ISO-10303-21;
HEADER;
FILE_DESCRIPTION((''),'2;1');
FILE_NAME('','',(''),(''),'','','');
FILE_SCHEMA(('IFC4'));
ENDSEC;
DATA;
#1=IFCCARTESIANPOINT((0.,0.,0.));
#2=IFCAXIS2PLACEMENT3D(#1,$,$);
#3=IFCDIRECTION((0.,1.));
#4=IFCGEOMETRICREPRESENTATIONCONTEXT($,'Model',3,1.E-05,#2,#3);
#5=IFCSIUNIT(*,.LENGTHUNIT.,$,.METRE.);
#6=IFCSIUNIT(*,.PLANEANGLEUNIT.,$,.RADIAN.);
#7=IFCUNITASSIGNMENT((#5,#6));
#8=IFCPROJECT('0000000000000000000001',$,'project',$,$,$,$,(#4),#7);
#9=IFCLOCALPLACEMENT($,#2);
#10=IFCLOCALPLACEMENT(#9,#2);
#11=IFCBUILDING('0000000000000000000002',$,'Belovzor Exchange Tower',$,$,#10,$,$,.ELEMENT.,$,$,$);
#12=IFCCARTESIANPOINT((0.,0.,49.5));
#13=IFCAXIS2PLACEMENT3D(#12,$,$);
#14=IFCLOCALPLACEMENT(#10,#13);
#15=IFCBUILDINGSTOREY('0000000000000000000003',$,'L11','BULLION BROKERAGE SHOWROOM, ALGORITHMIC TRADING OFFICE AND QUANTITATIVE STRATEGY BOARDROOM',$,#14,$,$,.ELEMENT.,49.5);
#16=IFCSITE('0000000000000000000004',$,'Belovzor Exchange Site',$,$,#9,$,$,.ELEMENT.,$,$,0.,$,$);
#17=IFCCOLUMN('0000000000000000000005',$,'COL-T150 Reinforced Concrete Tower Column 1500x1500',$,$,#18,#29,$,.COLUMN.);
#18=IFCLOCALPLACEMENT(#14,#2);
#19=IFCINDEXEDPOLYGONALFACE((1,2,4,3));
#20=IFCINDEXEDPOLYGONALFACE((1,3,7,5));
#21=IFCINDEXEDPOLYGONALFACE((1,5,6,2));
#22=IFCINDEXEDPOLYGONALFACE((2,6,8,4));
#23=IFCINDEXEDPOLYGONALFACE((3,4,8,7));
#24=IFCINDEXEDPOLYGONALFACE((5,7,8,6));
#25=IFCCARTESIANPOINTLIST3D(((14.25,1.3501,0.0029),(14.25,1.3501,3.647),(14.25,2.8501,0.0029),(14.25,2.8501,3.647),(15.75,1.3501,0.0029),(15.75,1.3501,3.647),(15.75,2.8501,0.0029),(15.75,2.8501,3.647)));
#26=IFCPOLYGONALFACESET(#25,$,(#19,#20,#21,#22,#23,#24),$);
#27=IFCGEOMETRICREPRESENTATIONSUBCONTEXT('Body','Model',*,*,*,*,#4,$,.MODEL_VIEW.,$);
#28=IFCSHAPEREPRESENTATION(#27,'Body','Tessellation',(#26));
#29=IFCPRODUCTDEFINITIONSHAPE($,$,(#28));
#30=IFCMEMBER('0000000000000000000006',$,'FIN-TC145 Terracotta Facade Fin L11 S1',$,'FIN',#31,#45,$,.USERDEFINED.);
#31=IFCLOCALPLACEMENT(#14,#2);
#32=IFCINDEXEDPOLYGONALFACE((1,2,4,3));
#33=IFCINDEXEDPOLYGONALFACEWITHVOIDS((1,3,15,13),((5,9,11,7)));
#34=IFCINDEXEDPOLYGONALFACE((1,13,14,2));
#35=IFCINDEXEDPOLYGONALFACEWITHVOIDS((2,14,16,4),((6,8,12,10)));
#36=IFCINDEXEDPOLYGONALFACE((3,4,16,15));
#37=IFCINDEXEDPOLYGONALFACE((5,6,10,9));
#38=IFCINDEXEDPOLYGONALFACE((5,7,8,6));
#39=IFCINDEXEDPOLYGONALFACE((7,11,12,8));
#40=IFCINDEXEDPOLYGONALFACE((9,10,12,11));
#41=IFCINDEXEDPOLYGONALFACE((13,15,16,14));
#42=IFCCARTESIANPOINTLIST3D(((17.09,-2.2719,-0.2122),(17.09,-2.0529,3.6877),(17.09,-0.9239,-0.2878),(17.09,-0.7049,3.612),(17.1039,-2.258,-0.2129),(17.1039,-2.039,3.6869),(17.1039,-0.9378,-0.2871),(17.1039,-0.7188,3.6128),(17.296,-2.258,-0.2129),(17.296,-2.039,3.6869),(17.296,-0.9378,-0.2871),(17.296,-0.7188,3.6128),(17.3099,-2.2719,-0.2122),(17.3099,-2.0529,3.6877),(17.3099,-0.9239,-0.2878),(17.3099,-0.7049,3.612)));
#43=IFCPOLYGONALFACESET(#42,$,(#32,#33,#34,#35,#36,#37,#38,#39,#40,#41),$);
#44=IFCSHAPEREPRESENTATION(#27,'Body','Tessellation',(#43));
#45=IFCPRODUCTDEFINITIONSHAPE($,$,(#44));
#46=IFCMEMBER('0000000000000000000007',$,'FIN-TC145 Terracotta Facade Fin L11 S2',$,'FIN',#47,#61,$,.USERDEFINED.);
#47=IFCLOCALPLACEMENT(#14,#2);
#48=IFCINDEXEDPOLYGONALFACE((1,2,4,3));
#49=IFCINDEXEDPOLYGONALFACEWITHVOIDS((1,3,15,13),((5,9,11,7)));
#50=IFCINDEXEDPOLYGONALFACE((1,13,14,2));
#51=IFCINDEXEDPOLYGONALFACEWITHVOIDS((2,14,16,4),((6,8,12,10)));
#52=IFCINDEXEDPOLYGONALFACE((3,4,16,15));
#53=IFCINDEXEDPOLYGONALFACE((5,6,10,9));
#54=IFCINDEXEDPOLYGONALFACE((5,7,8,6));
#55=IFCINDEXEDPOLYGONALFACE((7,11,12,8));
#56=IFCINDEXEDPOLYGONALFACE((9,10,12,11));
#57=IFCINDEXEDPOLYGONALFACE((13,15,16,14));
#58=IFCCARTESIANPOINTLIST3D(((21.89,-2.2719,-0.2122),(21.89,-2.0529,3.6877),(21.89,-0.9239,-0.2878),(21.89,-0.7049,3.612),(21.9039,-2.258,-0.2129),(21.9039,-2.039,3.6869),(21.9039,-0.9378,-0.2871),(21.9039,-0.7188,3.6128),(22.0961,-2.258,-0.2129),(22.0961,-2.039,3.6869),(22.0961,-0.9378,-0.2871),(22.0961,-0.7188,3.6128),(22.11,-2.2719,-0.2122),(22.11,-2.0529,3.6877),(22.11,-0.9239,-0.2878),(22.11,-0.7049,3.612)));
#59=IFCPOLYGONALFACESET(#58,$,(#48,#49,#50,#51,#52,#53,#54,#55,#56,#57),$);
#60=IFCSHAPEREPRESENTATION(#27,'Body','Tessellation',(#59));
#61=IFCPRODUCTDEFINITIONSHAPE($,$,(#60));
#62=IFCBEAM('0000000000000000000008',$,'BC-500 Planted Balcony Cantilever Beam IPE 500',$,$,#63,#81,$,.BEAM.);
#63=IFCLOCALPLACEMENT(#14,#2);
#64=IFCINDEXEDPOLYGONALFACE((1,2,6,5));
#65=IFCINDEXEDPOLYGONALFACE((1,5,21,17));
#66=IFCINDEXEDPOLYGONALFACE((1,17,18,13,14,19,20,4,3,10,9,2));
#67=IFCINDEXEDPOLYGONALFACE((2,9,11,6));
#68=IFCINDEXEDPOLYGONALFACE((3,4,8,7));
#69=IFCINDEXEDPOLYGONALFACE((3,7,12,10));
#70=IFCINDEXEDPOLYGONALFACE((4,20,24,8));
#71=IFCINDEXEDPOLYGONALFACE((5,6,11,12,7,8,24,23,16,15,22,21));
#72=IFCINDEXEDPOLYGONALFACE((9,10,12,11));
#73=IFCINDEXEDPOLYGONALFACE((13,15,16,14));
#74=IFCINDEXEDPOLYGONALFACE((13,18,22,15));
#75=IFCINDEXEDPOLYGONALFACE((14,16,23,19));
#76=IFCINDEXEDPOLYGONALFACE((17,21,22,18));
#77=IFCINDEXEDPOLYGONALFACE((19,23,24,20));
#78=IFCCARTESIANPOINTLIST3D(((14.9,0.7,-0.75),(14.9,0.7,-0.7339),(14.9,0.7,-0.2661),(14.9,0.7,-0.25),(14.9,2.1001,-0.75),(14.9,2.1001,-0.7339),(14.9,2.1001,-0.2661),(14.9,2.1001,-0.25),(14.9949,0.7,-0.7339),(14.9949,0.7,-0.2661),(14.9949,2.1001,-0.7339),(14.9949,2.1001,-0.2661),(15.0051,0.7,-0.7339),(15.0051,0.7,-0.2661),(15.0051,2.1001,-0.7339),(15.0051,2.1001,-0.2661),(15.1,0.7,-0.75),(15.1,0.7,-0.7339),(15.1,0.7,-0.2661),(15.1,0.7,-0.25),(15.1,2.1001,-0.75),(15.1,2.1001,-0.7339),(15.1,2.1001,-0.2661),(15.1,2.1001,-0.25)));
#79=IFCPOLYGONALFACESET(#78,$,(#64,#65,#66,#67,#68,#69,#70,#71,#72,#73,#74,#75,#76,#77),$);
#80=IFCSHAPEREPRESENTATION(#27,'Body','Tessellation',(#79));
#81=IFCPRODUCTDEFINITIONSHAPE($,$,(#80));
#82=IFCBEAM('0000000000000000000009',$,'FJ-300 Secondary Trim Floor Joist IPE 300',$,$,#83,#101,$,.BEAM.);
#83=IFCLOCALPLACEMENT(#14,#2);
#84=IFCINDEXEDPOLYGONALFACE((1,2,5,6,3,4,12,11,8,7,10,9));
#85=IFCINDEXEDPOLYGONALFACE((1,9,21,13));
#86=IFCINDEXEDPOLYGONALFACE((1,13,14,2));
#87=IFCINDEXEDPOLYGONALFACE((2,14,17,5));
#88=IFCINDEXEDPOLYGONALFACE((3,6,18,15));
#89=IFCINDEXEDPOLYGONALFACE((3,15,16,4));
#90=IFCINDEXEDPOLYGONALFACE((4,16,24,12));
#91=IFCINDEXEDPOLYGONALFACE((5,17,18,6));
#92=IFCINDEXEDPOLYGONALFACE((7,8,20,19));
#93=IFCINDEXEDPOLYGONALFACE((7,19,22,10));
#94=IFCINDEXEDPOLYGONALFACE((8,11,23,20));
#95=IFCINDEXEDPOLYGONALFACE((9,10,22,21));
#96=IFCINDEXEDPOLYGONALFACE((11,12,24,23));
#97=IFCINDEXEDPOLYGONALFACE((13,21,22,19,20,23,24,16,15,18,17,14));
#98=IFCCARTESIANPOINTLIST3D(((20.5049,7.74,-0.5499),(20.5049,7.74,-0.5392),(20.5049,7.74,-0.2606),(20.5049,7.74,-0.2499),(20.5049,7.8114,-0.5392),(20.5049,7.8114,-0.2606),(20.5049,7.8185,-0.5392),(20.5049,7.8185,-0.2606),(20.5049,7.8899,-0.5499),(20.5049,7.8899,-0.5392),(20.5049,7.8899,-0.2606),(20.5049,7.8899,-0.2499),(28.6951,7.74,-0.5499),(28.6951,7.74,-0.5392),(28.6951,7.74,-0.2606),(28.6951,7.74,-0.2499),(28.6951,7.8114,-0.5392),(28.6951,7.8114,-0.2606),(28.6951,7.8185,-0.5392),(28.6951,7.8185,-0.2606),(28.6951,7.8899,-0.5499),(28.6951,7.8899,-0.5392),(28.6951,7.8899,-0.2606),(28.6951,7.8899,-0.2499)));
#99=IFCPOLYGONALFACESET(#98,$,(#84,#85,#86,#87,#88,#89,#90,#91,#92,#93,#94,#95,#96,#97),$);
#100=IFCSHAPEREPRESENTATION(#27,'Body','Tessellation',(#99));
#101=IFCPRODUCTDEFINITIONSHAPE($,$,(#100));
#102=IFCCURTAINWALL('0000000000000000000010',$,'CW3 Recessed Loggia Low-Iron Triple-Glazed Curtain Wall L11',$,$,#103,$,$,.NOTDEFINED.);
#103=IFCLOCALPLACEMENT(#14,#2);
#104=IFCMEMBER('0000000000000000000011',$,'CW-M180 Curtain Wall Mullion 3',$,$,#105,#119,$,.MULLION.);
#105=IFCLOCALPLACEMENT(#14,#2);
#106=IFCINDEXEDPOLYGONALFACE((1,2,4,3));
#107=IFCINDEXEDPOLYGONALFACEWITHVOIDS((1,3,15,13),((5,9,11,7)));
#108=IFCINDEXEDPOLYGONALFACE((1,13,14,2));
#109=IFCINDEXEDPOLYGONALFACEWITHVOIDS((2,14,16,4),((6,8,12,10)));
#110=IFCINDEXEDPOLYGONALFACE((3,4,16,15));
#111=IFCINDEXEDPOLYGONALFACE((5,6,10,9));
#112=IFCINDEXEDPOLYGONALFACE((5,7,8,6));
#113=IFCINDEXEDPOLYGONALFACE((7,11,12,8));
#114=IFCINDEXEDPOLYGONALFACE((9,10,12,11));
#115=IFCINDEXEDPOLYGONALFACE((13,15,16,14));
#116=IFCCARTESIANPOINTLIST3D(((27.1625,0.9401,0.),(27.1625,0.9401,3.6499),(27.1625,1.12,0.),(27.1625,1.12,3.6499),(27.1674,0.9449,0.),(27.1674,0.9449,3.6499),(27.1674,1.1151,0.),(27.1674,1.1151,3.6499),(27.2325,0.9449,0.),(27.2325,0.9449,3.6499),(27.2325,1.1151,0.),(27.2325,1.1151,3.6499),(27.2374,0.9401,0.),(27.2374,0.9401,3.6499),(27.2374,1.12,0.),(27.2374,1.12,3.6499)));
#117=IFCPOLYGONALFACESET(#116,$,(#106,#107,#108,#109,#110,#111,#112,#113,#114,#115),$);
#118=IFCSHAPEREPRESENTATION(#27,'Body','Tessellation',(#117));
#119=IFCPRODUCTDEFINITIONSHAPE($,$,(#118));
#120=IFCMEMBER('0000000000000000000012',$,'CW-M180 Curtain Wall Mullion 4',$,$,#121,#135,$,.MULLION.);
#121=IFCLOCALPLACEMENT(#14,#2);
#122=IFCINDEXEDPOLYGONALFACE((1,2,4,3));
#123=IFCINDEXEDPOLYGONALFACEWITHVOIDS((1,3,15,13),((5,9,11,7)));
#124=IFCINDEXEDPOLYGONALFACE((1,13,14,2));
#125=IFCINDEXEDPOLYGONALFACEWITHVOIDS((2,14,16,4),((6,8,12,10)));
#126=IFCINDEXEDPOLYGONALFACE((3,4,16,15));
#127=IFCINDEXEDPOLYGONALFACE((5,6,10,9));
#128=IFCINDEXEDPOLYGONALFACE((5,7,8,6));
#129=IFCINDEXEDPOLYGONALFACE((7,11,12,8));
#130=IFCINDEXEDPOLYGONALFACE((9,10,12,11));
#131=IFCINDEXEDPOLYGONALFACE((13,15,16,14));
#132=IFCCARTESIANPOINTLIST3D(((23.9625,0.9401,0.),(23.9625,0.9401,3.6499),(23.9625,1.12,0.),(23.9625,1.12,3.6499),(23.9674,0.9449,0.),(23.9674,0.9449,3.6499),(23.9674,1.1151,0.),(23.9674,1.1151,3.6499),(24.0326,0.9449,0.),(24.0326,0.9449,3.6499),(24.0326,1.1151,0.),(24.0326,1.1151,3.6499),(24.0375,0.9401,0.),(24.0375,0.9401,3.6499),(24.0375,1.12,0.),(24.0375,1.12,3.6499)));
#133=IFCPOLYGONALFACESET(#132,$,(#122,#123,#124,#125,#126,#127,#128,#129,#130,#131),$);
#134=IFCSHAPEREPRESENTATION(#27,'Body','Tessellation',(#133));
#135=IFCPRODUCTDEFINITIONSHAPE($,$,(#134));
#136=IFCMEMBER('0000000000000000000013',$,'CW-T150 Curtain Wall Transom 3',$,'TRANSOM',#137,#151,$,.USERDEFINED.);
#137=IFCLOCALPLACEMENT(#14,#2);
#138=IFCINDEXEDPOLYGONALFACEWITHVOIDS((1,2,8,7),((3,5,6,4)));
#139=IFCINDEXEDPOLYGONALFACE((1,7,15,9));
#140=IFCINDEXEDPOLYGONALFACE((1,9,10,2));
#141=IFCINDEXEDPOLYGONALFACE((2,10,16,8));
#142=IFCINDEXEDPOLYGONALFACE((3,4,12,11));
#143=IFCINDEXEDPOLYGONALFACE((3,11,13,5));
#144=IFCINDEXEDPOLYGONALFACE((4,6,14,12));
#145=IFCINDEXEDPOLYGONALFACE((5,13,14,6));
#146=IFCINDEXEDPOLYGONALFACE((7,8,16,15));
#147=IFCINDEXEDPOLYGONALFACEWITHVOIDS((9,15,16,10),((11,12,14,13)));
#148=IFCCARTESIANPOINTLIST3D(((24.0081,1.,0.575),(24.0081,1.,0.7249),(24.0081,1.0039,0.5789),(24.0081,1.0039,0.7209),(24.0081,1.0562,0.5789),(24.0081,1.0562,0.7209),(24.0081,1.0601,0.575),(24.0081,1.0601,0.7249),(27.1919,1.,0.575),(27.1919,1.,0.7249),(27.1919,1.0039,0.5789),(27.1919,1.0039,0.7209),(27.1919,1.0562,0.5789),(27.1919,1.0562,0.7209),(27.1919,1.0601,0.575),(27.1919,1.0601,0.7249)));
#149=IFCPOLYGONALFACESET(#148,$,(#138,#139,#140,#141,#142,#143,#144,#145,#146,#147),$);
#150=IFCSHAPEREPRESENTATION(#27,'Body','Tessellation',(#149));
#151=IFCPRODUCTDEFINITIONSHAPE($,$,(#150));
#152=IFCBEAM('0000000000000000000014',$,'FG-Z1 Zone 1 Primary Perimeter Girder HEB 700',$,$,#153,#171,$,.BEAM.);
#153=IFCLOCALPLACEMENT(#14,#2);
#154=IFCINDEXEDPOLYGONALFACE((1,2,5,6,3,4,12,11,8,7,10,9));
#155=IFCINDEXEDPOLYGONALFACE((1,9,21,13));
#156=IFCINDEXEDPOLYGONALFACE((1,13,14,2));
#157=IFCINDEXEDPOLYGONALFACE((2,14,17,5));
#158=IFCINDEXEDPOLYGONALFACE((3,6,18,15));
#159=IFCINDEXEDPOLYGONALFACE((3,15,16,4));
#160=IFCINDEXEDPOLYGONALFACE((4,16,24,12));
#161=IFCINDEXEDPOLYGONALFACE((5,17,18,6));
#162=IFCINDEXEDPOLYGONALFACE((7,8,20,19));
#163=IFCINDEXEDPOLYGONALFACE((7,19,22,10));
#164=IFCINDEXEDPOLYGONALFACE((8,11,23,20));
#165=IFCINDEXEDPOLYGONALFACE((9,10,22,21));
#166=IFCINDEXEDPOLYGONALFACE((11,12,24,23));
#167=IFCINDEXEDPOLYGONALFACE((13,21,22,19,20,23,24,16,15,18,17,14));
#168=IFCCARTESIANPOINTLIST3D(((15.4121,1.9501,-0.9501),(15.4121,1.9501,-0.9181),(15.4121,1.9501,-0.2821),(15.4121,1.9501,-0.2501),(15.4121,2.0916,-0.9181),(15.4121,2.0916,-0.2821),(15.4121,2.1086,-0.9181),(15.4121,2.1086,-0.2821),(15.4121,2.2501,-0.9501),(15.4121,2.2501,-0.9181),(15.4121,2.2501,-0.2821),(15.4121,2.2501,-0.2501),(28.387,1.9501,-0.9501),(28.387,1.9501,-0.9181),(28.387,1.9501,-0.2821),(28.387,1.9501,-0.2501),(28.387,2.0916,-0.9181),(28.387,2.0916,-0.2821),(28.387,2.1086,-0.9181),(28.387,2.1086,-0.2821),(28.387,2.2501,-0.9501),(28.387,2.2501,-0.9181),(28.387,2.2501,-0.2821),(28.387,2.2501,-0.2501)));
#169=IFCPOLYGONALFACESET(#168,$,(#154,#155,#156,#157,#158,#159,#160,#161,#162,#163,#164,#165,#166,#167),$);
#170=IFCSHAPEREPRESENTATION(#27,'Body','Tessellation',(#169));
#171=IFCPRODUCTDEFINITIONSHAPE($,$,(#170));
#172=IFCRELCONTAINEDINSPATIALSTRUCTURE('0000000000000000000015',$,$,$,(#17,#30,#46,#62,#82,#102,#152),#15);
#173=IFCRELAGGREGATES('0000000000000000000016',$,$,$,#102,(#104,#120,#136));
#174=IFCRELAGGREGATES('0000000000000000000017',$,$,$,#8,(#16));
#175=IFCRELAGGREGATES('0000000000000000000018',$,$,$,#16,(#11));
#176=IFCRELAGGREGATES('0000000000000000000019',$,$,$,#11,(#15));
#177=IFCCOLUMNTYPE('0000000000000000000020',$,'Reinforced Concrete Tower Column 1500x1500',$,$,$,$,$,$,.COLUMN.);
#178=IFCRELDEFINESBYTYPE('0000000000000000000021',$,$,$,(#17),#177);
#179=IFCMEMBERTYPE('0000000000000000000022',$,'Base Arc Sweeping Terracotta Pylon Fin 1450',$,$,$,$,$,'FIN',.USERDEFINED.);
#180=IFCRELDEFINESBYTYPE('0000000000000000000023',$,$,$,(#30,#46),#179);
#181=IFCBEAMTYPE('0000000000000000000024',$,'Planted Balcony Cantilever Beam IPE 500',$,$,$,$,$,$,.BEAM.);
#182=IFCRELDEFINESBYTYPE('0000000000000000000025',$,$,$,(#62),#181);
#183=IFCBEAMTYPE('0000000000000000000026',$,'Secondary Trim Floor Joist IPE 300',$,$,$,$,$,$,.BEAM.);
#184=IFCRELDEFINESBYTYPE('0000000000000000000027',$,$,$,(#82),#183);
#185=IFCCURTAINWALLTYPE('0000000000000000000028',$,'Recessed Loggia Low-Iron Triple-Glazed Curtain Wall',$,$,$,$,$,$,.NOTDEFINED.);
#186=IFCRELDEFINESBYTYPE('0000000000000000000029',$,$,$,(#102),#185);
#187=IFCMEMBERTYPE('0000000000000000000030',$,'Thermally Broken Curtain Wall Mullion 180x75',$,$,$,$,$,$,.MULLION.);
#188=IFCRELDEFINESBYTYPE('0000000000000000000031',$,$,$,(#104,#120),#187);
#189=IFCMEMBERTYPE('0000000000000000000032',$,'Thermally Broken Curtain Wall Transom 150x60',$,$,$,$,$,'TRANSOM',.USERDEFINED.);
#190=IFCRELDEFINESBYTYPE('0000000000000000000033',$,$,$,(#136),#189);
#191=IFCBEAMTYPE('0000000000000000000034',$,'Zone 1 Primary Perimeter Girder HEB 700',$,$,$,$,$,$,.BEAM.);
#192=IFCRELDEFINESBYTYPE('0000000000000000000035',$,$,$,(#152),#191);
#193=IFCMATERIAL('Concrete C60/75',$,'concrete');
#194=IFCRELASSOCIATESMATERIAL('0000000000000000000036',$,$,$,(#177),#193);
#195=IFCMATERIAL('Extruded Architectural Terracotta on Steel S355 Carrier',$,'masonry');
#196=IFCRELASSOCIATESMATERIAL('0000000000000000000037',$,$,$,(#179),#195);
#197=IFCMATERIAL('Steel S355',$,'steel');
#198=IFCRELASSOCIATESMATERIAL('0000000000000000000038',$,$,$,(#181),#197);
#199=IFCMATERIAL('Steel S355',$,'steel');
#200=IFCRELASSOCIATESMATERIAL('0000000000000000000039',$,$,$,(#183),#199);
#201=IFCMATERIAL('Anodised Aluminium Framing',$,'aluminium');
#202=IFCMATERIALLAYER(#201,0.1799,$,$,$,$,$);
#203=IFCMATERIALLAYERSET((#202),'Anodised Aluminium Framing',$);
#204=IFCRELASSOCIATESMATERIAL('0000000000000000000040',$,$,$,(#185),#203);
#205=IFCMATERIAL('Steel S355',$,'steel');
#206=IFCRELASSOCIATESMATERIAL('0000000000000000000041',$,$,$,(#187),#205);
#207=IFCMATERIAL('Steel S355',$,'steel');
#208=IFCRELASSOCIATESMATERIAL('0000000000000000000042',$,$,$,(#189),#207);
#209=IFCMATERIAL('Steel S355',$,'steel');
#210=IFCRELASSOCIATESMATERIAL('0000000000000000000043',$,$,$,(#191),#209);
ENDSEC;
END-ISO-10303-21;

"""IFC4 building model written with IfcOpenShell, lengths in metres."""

from ifc_helpers import new_model, si_unit, direction, frame, origin, origin_2d, place, context, subcontext, project, spatial, rectangle, hollow_rectangle, i_section, extrude, material, layer, layer_set, material_profile, profile_set, type_object, element, aggregate, save


model = new_model("IFC4")

# Units and contexts
model_context = context("Model", 3, precision=1e-05, world=origin(), true_north=direction((0.0, 1.0)))
body_context = subcontext(model_context, "Body", "Model", "MODEL_VIEW")
ifc_project = project(units=[si_unit("LENGTHUNIT", "METRE"), si_unit("PLANEANGLEUNIT", "RADIAN")], contexts=[model_context])

# Site, building, storey
site_placement = place(None, origin())
site = spatial("IfcSite", under=ifc_project, at=site_placement, Name="Belovzor Exchange Site", CompositionType="ELEMENT", RefElevation=0.0)
building_placement = place(site_placement, origin())
building = spatial("IfcBuilding", under=site, at=building_placement, Name="Belovzor Exchange Tower", CompositionType="ELEMENT")
storey_placement = place(building_placement, frame((0.0, 0.0, 49.5)))
storey = spatial("IfcBuildingStorey", under=building, at=storey_placement, Name="L11", Description="BULLION BROKERAGE SHOWROOM, ALGORITHMIC TRADING OFFICE AND QUANTITATIVE STRATEGY BOARDROOM", CompositionType="ELEMENT", Elevation=49.5)

# Column
ifc_material_1 = material(Name="Concrete C60/75", Category="concrete")
ifc_material_profile_1 = material_profile(ifc_material_1, rectangle(XDim=1.5, YDim=1.5, at=origin_2d()))
ifc_profile_set_1 = profile_set([ifc_material_profile_1], Name="Concrete C60/75")
column_type = type_object("IfcColumnType", Name="Reinforced Concrete Tower Column 1500x1500", PredefinedType="COLUMN", material=ifc_profile_set_1)
column_placement = place(storey_placement, frame((15.0, 2.1001, 0.0029), z_axis=(0.0, 0.0, 1.0), x_axis=(1.0, 0.0, 0.0)))
element("IfcColumn", 1, at=column_placement, inside=storey, type_object=column_type, Name="COL-T150 Reinforced Concrete Tower Column 1500x1500", PredefinedType="COLUMN", context=body_context, shape_type="SweptSolid", body=[
    extrude(rectangle(XDim=1.5, YDim=1.5, at=origin_2d()), origin(), (0.0, 0.0, 1.0), 3.644),
])

# Members
ifc_material_2 = material(Name="Extruded Architectural Terracotta on Steel S355 Carrier", Category="masonry")
ifc_material_profile_2 = material_profile(ifc_material_2, hollow_rectangle(XDim=0.22, YDim=1.3501, WallThickness=0.0139, at=origin_2d()))
ifc_profile_set_2 = profile_set([ifc_material_profile_2], Name="Extruded Architectural Terracotta on Steel S355 Carrier")
member_type_1 = type_object("IfcMemberType", Name="Base Arc Sweeping Terracotta Pylon Fin 1450", ElementType="FIN", PredefinedType="USERDEFINED", material=ifc_profile_set_2)
for number, where, z_axis, x_axis, name in (
    (2, (17.2, -1.5979, -0.25), (0.0, 0.056065, 0.998427), (-1.0, 0.0, 0.0), "FIN-TC145 Terracotta Facade Fin L11 S1"),
    (3, (22.0, -1.5979, -0.25), (0.0, 0.056065, 0.998427), (-1.0, 0.0, 0.0), "FIN-TC145 Terracotta Facade Fin L11 S2"),
):
    element("IfcMember", number, at=place(storey_placement, frame(where, z_axis=z_axis, x_axis=x_axis)), inside=storey, type_object=member_type_1, Name=name, ObjectType="FIN", PredefinedType="USERDEFINED", context=body_context, shape_type="SweptSolid", body=[
        extrude(hollow_rectangle(XDim=0.22, YDim=1.3501, WallThickness=0.0139, at=origin_2d()), origin(), (0.0, 0.0, 1.0), 3.906),
    ])

# Beams
ifc_material_3 = material(Name="Steel S355", Category="steel")
ifc_material_profile_3 = material_profile(ifc_material_3, i_section(OverallWidth=0.2, OverallDepth=0.5, WebThickness=0.0103, FlangeThickness=0.0161, at=origin_2d()))
ifc_profile_set_3 = profile_set([ifc_material_profile_3], Name="Steel S355")
beam_type_1 = type_object("IfcBeamType", Name="Planted Balcony Cantilever Beam IPE 500", PredefinedType="BEAM", material=ifc_profile_set_3)
beam_1_placement = place(storey_placement, frame((15.0, 2.1001, -0.5), z_axis=(0.0, -1.0, 0.0), x_axis=(1.0, 0.0, 0.0)))
element("IfcBeam", 4, at=beam_1_placement, inside=storey, type_object=beam_type_1, Name="BC-500 Planted Balcony Cantilever Beam IPE 500", PredefinedType="BEAM", context=body_context, shape_type="SweptSolid", body=[
    extrude(i_section(OverallWidth=0.2, OverallDepth=0.5, WebThickness=0.0103, FlangeThickness=0.0161, at=origin_2d()), origin(), (0.0, 0.0, 1.0), 1.4001),
])
ifc_material_4 = material(Name="Steel S355", Category="steel")
ifc_material_profile_4 = material_profile(ifc_material_4, i_section(OverallWidth=0.1499, OverallDepth=0.3, WebThickness=0.0071, FlangeThickness=0.0107, at=origin_2d()))
ifc_profile_set_4 = profile_set([ifc_material_profile_4], Name="Steel S355")
beam_type_2 = type_object("IfcBeamType", Name="Secondary Trim Floor Joist IPE 300", PredefinedType="BEAM", material=ifc_profile_set_4)
beam_2_placement = place(storey_placement, frame((20.5049, 7.8149, -0.3999), z_axis=(1.0, 0.0, 0.0), x_axis=(0.0, 1.0, 0.0)))
element("IfcBeam", 5, at=beam_2_placement, inside=storey, type_object=beam_type_2, Name="FJ-300 Secondary Trim Floor Joist IPE 300", PredefinedType="BEAM", context=body_context, shape_type="SweptSolid", body=[
    extrude(i_section(OverallWidth=0.1499, OverallDepth=0.3, WebThickness=0.0071, FlangeThickness=0.0107, at=origin_2d()), origin(), (0.0, 0.0, 1.0), 8.1902),
])

# Curtain wall, members
ifc_material_5 = material(Name="Anodised Aluminium Framing", Category="aluminium")
ifc_layer_1 = layer(ifc_material_5, 0.1799)
ifc_layer_set_1 = layer_set([ifc_layer_1], Name="Anodised Aluminium Framing")
curtain_wall_type = type_object("IfcCurtainWallType", Name="Recessed Loggia Low-Iron Triple-Glazed Curtain Wall", PredefinedType="NOTDEFINED", material=ifc_layer_set_1)
curtain_wall_placement = place(storey_placement, origin())
curtain_wall = element("IfcCurtainWall", 6, at=curtain_wall_placement, inside=storey, type_object=curtain_wall_type, Name="CW3 Recessed Loggia Low-Iron Triple-Glazed Curtain Wall L11", PredefinedType="NOTDEFINED")
ifc_material_6 = material(Name="Steel S355", Category="steel")
ifc_material_profile_5 = material_profile(ifc_material_6, hollow_rectangle(XDim=0.075, YDim=0.1799, WallThickness=0.0049, at=origin_2d()))
ifc_profile_set_5 = profile_set([ifc_material_profile_5], Name="Steel S355")
member_type_2 = type_object("IfcMemberType", Name="Thermally Broken Curtain Wall Mullion 180x75", PredefinedType="MULLION", material=ifc_profile_set_5)
member_1_placement = place(storey_placement, frame((27.2, 1.03, 0.0), z_axis=(0.0, 0.0, 1.0), x_axis=(-1.0, 0.0, 0.0)))
member_1 = element("IfcMember", 7, at=member_1_placement, type_object=member_type_2, Name="CW-M180 Curtain Wall Mullion 3", PredefinedType="MULLION", context=body_context, shape_type="SweptSolid", body=[
    extrude(hollow_rectangle(XDim=0.075, YDim=0.1799, WallThickness=0.0049, at=origin_2d()), origin(), (0.0, 0.0, 1.0), 3.6499),
])
member_2_placement = place(storey_placement, frame((24.0, 1.03, 0.0), z_axis=(0.0, 0.0, 1.0), x_axis=(-1.0, 0.0, 0.0)))
member_2 = element("IfcMember", 8, at=member_2_placement, type_object=member_type_2, Name="CW-M180 Curtain Wall Mullion 4", PredefinedType="MULLION", context=body_context, shape_type="SweptSolid", body=[
    extrude(hollow_rectangle(XDim=0.075, YDim=0.1799, WallThickness=0.0049, at=origin_2d()), origin(), (0.0, 0.0, 1.0), 3.6499),
])
ifc_material_7 = material(Name="Steel S355", Category="steel")
ifc_material_profile_6 = material_profile(ifc_material_7, hollow_rectangle(XDim=0.0601, YDim=0.1499, WallThickness=0.0039, at=origin_2d()))
ifc_profile_set_6 = profile_set([ifc_material_profile_6], Name="Steel S355")
member_type_3 = type_object("IfcMemberType", Name="Thermally Broken Curtain Wall Transom 150x60", ElementType="TRANSOM", PredefinedType="USERDEFINED", material=ifc_profile_set_6)
member_3_placement = place(storey_placement, frame((27.1919, 1.03, 0.6499), z_axis=(-1.0, 0.0, 0.0), x_axis=(0.0, -1.0, 0.0)))
member_3 = element("IfcMember", 9, at=member_3_placement, type_object=member_type_3, Name="CW-T150 Curtain Wall Transom 3", ObjectType="TRANSOM", PredefinedType="USERDEFINED", context=body_context, shape_type="SweptSolid", body=[
    extrude(hollow_rectangle(XDim=0.0601, YDim=0.1499, WallThickness=0.0039, at=origin_2d()), origin(), (0.0, 0.0, 1.0), 3.1838),
])

# Beam
ifc_material_8 = material(Name="Steel S355", Category="steel")
ifc_material_profile_7 = material_profile(ifc_material_8, i_section(OverallWidth=0.3, OverallDepth=0.7, WebThickness=0.0171, FlangeThickness=0.032, at=origin_2d()))
ifc_profile_set_7 = profile_set([ifc_material_profile_7], Name="Steel S355")
beam_type_3 = type_object("IfcBeamType", Name="Zone 1 Primary Perimeter Girder HEB 700", PredefinedType="BEAM", material=ifc_profile_set_7)
beam_3_placement = place(storey_placement, frame((15.4121, 2.1001, -0.6001), z_axis=(1.0, 0.0, 0.0), x_axis=(0.0, 1.0, 0.0)))
element("IfcBeam", 10, at=beam_3_placement, inside=storey, type_object=beam_type_3, Name="FG-Z1 Zone 1 Primary Perimeter Girder HEB 700", PredefinedType="BEAM", context=body_context, shape_type="SweptSolid", body=[
    extrude(i_section(OverallWidth=0.3, OverallDepth=0.7, WebThickness=0.0171, FlangeThickness=0.032, at=origin_2d()), origin(), (0.0, 0.0, 1.0), 12.9749),
])

aggregate(curtain_wall, [member_1, member_2, member_3])

save(model, "model.ifc")
